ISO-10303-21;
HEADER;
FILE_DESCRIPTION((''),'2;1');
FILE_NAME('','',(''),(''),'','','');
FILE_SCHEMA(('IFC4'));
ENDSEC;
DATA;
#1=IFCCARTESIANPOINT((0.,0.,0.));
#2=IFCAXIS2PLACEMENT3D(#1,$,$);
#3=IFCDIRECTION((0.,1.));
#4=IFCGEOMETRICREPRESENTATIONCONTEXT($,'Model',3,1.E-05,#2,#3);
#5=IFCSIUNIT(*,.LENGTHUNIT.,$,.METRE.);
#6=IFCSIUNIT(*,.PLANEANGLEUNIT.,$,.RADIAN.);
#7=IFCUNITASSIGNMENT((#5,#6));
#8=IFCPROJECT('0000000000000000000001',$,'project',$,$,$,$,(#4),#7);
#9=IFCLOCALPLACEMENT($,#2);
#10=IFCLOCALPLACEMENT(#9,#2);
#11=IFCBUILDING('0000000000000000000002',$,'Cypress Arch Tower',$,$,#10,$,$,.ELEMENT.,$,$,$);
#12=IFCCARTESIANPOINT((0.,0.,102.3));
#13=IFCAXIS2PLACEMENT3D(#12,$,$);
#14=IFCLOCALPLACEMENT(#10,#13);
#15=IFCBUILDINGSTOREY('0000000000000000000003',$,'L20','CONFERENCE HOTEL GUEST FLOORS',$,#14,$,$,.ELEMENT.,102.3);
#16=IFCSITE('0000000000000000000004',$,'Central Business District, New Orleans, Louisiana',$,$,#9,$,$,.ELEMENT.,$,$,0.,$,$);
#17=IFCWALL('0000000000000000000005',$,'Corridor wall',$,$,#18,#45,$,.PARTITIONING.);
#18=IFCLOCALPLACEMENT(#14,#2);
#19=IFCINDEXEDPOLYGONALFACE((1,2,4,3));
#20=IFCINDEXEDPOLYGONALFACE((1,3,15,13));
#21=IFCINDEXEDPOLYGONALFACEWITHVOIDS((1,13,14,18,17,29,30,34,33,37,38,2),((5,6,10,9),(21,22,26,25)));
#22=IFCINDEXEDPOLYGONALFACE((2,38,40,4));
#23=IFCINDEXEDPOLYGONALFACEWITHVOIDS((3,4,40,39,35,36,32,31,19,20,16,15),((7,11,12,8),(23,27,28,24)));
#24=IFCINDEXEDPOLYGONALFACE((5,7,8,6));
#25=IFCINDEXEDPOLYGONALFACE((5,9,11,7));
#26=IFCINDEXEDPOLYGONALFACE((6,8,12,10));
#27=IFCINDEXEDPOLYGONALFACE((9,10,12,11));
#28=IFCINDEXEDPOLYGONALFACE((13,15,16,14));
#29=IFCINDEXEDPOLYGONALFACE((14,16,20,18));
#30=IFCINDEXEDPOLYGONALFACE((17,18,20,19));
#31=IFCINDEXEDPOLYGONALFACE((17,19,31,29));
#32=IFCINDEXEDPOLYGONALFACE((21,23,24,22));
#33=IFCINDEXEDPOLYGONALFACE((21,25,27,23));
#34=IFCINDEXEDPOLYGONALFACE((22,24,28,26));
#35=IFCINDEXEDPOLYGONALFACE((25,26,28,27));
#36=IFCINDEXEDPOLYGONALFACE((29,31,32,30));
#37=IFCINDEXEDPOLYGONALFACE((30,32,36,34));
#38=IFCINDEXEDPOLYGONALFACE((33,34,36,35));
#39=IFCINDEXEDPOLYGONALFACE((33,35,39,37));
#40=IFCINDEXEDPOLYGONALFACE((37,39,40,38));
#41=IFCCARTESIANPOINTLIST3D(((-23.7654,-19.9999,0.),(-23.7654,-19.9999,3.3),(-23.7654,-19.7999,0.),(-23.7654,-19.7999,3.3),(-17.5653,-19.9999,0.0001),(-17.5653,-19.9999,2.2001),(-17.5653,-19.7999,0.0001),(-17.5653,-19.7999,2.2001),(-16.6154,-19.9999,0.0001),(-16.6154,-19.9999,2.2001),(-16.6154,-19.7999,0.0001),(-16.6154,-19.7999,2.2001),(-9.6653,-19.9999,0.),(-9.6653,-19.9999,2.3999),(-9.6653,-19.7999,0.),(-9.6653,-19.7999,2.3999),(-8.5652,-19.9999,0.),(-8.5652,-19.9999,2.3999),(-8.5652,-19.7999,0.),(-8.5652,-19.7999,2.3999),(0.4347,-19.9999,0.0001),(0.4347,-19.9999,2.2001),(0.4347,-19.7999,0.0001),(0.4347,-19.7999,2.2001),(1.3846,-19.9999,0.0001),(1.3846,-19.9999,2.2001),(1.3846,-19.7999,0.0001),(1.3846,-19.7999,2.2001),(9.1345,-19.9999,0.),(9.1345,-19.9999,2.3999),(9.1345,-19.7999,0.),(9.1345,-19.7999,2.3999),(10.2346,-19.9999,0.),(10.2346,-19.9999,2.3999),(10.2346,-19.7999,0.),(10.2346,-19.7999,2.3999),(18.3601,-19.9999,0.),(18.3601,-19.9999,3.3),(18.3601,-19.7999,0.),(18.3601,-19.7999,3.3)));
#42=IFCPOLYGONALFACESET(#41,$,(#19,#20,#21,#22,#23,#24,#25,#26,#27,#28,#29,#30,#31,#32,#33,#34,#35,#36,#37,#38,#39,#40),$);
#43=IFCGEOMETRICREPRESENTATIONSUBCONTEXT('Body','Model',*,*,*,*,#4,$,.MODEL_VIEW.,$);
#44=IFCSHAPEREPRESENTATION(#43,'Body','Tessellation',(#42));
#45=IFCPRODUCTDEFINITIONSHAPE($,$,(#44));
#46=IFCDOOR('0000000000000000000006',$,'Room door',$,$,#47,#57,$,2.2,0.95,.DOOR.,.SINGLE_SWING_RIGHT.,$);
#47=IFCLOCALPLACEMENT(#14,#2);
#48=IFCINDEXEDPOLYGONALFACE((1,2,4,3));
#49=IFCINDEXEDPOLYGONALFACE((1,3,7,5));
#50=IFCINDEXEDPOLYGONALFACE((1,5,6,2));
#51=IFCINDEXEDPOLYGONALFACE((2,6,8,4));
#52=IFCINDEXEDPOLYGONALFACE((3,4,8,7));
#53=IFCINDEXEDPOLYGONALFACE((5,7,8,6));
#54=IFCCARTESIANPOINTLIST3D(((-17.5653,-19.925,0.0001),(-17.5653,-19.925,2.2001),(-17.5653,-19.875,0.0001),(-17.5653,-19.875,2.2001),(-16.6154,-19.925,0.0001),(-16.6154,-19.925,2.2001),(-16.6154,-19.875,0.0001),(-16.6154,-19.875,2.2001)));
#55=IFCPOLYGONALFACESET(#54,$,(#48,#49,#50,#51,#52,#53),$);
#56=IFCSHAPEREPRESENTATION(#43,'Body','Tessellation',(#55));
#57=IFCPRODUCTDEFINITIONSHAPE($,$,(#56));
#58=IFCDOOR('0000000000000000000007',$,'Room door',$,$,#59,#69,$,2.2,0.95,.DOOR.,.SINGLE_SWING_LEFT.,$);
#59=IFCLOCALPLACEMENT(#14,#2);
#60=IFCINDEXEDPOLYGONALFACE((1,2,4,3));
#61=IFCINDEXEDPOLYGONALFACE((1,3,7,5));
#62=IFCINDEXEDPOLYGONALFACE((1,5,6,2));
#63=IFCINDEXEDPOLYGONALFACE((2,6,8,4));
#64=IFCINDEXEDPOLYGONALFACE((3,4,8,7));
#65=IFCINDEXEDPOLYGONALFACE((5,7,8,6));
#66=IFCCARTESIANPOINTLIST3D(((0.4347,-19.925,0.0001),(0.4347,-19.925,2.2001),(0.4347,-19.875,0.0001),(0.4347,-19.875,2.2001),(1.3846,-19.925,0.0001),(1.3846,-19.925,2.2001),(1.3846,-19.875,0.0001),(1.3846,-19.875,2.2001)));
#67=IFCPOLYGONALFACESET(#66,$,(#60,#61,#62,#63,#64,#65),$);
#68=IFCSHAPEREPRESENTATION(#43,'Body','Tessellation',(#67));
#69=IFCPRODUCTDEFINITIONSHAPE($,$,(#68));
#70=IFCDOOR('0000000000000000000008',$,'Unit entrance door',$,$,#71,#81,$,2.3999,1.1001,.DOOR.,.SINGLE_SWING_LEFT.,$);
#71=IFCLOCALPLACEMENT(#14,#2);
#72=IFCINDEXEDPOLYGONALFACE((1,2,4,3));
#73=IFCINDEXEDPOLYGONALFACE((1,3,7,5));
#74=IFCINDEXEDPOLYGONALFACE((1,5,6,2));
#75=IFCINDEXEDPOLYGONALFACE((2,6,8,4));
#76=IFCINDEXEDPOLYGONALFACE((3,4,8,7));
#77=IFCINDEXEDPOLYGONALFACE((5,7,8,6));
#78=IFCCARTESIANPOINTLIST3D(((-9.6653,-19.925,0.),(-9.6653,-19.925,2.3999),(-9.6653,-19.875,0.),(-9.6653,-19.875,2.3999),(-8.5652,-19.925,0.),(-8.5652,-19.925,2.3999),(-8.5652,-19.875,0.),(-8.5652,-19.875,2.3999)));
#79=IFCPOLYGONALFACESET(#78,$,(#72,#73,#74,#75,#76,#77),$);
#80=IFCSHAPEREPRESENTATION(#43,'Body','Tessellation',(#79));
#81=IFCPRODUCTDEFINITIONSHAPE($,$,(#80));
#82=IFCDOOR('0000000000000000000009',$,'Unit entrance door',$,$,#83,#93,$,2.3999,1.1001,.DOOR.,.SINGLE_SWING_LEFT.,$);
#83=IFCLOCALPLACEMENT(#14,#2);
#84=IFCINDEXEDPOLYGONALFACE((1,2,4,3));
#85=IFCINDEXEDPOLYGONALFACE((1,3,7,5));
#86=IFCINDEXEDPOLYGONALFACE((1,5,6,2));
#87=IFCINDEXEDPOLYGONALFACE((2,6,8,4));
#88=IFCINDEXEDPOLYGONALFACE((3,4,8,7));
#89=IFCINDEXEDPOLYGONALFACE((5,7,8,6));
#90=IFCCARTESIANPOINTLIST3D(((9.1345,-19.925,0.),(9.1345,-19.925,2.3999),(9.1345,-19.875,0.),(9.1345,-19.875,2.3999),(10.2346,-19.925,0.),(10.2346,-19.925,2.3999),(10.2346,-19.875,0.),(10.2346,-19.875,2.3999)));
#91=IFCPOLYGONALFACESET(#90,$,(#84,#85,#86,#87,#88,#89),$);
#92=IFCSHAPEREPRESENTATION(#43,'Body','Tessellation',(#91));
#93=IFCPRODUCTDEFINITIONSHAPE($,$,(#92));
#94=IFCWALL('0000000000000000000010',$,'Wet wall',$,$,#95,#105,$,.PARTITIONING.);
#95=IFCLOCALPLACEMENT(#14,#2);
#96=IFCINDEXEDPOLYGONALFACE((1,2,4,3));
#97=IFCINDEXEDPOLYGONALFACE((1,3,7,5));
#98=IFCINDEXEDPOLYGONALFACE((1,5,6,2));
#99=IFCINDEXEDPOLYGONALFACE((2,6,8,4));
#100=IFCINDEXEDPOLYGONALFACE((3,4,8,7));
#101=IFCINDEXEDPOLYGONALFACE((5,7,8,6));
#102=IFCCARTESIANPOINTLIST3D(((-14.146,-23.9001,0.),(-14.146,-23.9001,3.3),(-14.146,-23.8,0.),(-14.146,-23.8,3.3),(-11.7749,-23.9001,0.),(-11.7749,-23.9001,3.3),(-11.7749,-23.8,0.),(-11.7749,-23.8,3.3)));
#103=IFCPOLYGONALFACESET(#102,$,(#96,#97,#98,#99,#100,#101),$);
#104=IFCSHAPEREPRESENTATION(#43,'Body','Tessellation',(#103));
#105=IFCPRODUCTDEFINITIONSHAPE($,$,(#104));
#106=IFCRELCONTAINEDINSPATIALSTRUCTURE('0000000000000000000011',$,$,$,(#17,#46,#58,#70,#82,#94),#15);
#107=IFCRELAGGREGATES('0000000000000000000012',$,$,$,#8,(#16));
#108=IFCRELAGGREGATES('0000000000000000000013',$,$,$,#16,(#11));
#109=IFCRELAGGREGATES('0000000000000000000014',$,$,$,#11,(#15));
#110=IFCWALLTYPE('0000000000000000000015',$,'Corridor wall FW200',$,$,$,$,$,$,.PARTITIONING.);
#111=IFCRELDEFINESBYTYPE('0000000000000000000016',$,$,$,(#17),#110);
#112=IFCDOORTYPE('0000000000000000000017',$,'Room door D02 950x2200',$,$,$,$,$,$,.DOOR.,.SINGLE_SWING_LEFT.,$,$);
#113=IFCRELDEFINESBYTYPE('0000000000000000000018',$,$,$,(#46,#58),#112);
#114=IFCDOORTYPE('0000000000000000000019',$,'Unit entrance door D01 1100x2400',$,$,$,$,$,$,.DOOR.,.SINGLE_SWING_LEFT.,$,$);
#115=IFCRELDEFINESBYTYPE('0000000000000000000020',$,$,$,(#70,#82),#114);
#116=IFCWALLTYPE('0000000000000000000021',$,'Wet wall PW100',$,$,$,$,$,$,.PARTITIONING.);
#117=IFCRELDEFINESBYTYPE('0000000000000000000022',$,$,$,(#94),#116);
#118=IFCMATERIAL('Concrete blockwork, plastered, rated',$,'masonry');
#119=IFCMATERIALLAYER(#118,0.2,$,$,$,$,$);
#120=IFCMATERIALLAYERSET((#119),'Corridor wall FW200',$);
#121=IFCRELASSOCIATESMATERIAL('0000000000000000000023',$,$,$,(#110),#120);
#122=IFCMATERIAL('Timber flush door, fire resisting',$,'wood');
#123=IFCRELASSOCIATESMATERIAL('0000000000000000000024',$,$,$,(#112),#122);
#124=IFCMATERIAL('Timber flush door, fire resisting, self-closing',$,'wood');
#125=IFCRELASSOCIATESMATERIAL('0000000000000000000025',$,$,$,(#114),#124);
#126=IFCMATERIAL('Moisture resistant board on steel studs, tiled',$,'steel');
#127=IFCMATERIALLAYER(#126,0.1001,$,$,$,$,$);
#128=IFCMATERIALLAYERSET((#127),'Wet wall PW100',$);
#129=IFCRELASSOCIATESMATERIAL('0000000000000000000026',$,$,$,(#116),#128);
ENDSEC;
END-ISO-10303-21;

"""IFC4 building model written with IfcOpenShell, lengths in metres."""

from ifc_helpers import new_model, si_unit, direction, frame, frame_2d, origin, place, context, subcontext, project, spatial, rectangle, extrude, material, layer, layer_set, type_object, element, fill, save


model = new_model("IFC4")

# Units and contexts
model_context = context("Model", 3, precision=1e-05, world=origin(), true_north=direction((0.0, 1.0)))
body_context = subcontext(model_context, "Body", "Model", "MODEL_VIEW")
ifc_project = project(units=[si_unit("LENGTHUNIT", "METRE"), si_unit("PLANEANGLEUNIT", "RADIAN")], contexts=[model_context])

# Site, building, storey
site_placement = place(None, origin())
site = spatial("IfcSite", under=ifc_project, at=site_placement, Name="Central Business District, New Orleans, Louisiana", CompositionType="ELEMENT", RefElevation=0.0)
building_placement = place(site_placement, origin())
building = spatial("IfcBuilding", under=site, at=building_placement, Name="Cypress Arch Tower", CompositionType="ELEMENT")
storey_placement = place(building_placement, frame((0.0, 0.0, 102.3)))
storey = spatial("IfcBuildingStorey", under=building, at=storey_placement, Name="L20", Description="CONFERENCE HOTEL GUEST FLOORS", CompositionType="ELEMENT", Elevation=102.3)

# Wall, openings, doors
ifc_material_1 = material(Name="Concrete blockwork, plastered, rated", Category="masonry")
ifc_layer_1 = layer(ifc_material_1, 0.2)
ifc_layer_set_1 = layer_set([ifc_layer_1], Name="Corridor wall FW200")
wall_type_1 = type_object("IfcWallType", Name="Corridor wall FW200", PredefinedType="PARTITIONING", material=ifc_layer_set_1)
wall_1_placement = place(storey_placement, frame((-23.7654, -19.8999, 0.0), z_axis=(0.0, 0.0, 1.0), x_axis=(1.0, 0.0, 0.0)))
wall_1 = element("IfcWall", 1, at=wall_1_placement, inside=storey, type_object=wall_type_1, Name="Corridor wall", PredefinedType="PARTITIONING", context=body_context, shape_type="SweptSolid", body=[
    extrude(rectangle(XDim=42.1255, YDim=0.2, at=frame_2d((21.0627, 0.0))), origin(), (0.0, 0.0, 1.0), 3.3),
])
opening_1_placement = place(wall_1_placement, frame((6.2, 0.0, 0.0)))
opening_1 = element("IfcOpeningElement", 2, at=opening_1_placement, cuts=wall_1, PredefinedType="OPENING", context=body_context, shape_type="SweptSolid", body=[
    extrude(rectangle(XDim=0.95, YDim=2.2, at=frame_2d((0.4751, 1.1001))), frame((0.0, 0.1099, 0.0), z_axis=(0.0, -1.0, 0.0), x_axis=(1.0, 0.0, 0.0)), (0.0, 0.0, 1.0), 0.22),
])
opening_2_placement = place(wall_1_placement, frame((14.1001, 0.0, 0.0)))
opening_2 = element("IfcOpeningElement", 3, at=opening_2_placement, cuts=wall_1, PredefinedType="OPENING", context=body_context, shape_type="SweptSolid", body=[
    extrude(rectangle(XDim=1.1001, YDim=2.3999, at=frame_2d((0.55, 1.2))), frame((0.0, 0.1099, 0.0), z_axis=(0.0, -1.0, 0.0), x_axis=(1.0, 0.0, 0.0)), (0.0, 0.0, 1.0), 0.22),
])
opening_3_placement = place(wall_1_placement, frame((24.2, 0.0, 0.0)))
opening_3 = element("IfcOpeningElement", 4, at=opening_3_placement, cuts=wall_1, PredefinedType="OPENING", context=body_context, shape_type="SweptSolid", body=[
    extrude(rectangle(XDim=0.95, YDim=2.2, at=frame_2d((0.4751, 1.1001))), frame((0.0, 0.1099, 0.0), z_axis=(0.0, -1.0, 0.0), x_axis=(1.0, 0.0, 0.0)), (0.0, 0.0, 1.0), 0.22),
])
opening_4_placement = place(wall_1_placement, frame((32.8999, 0.0, 0.0)))
opening_4 = element("IfcOpeningElement", 5, at=opening_4_placement, cuts=wall_1, PredefinedType="OPENING", context=body_context, shape_type="SweptSolid", body=[
    extrude(rectangle(XDim=1.1001, YDim=2.3999, at=frame_2d((0.55, 1.2))), frame((0.0, 0.1099, 0.0), z_axis=(0.0, -1.0, 0.0), x_axis=(1.0, 0.0, 0.0)), (0.0, 0.0, 1.0), 0.22),
])
ifc_material_2 = material(Name="Timber flush door, fire resisting", Category="wood")
door_type_1 = type_object("IfcDoorType", Name="Room door D02 950x2200", OperationType="SINGLE_SWING_LEFT", PredefinedType="DOOR", material=ifc_material_2)
door_1_placement = place(opening_1_placement, origin())
door_1 = element("IfcDoor", 6, at=door_1_placement, inside=storey, type_object=door_type_1, Name="Room door", OperationType="SINGLE_SWING_RIGHT", OverallHeight=2.2, OverallWidth=0.95, PredefinedType="DOOR", context=body_context, shape_type="SweptSolid", body=[
    extrude(rectangle(XDim=0.95, YDim=2.2, at=frame_2d((0.4751, 1.1001))), frame((0.0, 0.0249, 0.0), z_axis=(0.0, -1.0, 0.0), x_axis=(1.0, 0.0, 0.0)), (0.0, 0.0, 1.0), 0.05),
])
fill(opening_1, door_1)
door_2_placement = place(opening_3_placement, origin())
door_2 = element("IfcDoor", 7, at=door_2_placement, inside=storey, type_object=door_type_1, Name="Room door", OperationType="SINGLE_SWING_LEFT", OverallHeight=2.2, OverallWidth=0.95, PredefinedType="DOOR", context=body_context, shape_type="SweptSolid", body=[
    extrude(rectangle(XDim=0.95, YDim=2.2, at=frame_2d((0.4751, 1.1001))), frame((0.0, 0.0249, 0.0), z_axis=(0.0, -1.0, 0.0), x_axis=(1.0, 0.0, 0.0)), (0.0, 0.0, 1.0), 0.05),
])
fill(opening_3, door_2)
ifc_material_3 = material(Name="Timber flush door, fire resisting, self-closing", Category="wood")
door_type_2 = type_object("IfcDoorType", Name="Unit entrance door D01 1100x2400", OperationType="SINGLE_SWING_LEFT", PredefinedType="DOOR", material=ifc_material_3)
door_3_placement = place(opening_2_placement, origin())
door_3 = element("IfcDoor", 8, at=door_3_placement, inside=storey, type_object=door_type_2, Name="Unit entrance door", OperationType="SINGLE_SWING_LEFT", OverallHeight=2.3999, OverallWidth=1.1001, PredefinedType="DOOR", context=body_context, shape_type="SweptSolid", body=[
    extrude(rectangle(XDim=1.1001, YDim=2.3999, at=frame_2d((0.55, 1.2))), frame((0.0, 0.0249, 0.0), z_axis=(0.0, -1.0, 0.0), x_axis=(1.0, 0.0, 0.0)), (0.0, 0.0, 1.0), 0.05),
])
fill(opening_2, door_3)
door_4_placement = place(opening_4_placement, origin())
door_4 = element("IfcDoor", 9, at=door_4_placement, inside=storey, type_object=door_type_2, Name="Unit entrance door", OperationType="SINGLE_SWING_LEFT", OverallHeight=2.3999, OverallWidth=1.1001, PredefinedType="DOOR", context=body_context, shape_type="SweptSolid", body=[
    extrude(rectangle(XDim=1.1001, YDim=2.3999, at=frame_2d((0.55, 1.2))), frame((0.0, 0.0249, 0.0), z_axis=(0.0, -1.0, 0.0), x_axis=(1.0, 0.0, 0.0)), (0.0, 0.0, 1.0), 0.05),
])
fill(opening_4, door_4)

# Wall
ifc_material_4 = material(Name="Moisture resistant board on steel studs, tiled", Category="steel")
ifc_layer_2 = layer(ifc_material_4, 0.1001)
ifc_layer_set_2 = layer_set([ifc_layer_2], Name="Wet wall PW100")
wall_type_2 = type_object("IfcWallType", Name="Wet wall PW100", PredefinedType="PARTITIONING", material=ifc_layer_set_2)
wall_2_placement = place(storey_placement, frame((-14.146, -23.8501, 0.0), z_axis=(0.0, 0.0, 1.0), x_axis=(1.0, 0.0, 0.0)))
element("IfcWall", 10, at=wall_2_placement, inside=storey, type_object=wall_type_2, Name="Wet wall", PredefinedType="PARTITIONING", context=body_context, shape_type="SweptSolid", body=[
    extrude(rectangle(XDim=2.3711, YDim=0.1001, at=frame_2d((1.1855, 0.0))), origin(), (0.0, 0.0, 1.0), 3.3),
])

save(model, "model.ifc")
